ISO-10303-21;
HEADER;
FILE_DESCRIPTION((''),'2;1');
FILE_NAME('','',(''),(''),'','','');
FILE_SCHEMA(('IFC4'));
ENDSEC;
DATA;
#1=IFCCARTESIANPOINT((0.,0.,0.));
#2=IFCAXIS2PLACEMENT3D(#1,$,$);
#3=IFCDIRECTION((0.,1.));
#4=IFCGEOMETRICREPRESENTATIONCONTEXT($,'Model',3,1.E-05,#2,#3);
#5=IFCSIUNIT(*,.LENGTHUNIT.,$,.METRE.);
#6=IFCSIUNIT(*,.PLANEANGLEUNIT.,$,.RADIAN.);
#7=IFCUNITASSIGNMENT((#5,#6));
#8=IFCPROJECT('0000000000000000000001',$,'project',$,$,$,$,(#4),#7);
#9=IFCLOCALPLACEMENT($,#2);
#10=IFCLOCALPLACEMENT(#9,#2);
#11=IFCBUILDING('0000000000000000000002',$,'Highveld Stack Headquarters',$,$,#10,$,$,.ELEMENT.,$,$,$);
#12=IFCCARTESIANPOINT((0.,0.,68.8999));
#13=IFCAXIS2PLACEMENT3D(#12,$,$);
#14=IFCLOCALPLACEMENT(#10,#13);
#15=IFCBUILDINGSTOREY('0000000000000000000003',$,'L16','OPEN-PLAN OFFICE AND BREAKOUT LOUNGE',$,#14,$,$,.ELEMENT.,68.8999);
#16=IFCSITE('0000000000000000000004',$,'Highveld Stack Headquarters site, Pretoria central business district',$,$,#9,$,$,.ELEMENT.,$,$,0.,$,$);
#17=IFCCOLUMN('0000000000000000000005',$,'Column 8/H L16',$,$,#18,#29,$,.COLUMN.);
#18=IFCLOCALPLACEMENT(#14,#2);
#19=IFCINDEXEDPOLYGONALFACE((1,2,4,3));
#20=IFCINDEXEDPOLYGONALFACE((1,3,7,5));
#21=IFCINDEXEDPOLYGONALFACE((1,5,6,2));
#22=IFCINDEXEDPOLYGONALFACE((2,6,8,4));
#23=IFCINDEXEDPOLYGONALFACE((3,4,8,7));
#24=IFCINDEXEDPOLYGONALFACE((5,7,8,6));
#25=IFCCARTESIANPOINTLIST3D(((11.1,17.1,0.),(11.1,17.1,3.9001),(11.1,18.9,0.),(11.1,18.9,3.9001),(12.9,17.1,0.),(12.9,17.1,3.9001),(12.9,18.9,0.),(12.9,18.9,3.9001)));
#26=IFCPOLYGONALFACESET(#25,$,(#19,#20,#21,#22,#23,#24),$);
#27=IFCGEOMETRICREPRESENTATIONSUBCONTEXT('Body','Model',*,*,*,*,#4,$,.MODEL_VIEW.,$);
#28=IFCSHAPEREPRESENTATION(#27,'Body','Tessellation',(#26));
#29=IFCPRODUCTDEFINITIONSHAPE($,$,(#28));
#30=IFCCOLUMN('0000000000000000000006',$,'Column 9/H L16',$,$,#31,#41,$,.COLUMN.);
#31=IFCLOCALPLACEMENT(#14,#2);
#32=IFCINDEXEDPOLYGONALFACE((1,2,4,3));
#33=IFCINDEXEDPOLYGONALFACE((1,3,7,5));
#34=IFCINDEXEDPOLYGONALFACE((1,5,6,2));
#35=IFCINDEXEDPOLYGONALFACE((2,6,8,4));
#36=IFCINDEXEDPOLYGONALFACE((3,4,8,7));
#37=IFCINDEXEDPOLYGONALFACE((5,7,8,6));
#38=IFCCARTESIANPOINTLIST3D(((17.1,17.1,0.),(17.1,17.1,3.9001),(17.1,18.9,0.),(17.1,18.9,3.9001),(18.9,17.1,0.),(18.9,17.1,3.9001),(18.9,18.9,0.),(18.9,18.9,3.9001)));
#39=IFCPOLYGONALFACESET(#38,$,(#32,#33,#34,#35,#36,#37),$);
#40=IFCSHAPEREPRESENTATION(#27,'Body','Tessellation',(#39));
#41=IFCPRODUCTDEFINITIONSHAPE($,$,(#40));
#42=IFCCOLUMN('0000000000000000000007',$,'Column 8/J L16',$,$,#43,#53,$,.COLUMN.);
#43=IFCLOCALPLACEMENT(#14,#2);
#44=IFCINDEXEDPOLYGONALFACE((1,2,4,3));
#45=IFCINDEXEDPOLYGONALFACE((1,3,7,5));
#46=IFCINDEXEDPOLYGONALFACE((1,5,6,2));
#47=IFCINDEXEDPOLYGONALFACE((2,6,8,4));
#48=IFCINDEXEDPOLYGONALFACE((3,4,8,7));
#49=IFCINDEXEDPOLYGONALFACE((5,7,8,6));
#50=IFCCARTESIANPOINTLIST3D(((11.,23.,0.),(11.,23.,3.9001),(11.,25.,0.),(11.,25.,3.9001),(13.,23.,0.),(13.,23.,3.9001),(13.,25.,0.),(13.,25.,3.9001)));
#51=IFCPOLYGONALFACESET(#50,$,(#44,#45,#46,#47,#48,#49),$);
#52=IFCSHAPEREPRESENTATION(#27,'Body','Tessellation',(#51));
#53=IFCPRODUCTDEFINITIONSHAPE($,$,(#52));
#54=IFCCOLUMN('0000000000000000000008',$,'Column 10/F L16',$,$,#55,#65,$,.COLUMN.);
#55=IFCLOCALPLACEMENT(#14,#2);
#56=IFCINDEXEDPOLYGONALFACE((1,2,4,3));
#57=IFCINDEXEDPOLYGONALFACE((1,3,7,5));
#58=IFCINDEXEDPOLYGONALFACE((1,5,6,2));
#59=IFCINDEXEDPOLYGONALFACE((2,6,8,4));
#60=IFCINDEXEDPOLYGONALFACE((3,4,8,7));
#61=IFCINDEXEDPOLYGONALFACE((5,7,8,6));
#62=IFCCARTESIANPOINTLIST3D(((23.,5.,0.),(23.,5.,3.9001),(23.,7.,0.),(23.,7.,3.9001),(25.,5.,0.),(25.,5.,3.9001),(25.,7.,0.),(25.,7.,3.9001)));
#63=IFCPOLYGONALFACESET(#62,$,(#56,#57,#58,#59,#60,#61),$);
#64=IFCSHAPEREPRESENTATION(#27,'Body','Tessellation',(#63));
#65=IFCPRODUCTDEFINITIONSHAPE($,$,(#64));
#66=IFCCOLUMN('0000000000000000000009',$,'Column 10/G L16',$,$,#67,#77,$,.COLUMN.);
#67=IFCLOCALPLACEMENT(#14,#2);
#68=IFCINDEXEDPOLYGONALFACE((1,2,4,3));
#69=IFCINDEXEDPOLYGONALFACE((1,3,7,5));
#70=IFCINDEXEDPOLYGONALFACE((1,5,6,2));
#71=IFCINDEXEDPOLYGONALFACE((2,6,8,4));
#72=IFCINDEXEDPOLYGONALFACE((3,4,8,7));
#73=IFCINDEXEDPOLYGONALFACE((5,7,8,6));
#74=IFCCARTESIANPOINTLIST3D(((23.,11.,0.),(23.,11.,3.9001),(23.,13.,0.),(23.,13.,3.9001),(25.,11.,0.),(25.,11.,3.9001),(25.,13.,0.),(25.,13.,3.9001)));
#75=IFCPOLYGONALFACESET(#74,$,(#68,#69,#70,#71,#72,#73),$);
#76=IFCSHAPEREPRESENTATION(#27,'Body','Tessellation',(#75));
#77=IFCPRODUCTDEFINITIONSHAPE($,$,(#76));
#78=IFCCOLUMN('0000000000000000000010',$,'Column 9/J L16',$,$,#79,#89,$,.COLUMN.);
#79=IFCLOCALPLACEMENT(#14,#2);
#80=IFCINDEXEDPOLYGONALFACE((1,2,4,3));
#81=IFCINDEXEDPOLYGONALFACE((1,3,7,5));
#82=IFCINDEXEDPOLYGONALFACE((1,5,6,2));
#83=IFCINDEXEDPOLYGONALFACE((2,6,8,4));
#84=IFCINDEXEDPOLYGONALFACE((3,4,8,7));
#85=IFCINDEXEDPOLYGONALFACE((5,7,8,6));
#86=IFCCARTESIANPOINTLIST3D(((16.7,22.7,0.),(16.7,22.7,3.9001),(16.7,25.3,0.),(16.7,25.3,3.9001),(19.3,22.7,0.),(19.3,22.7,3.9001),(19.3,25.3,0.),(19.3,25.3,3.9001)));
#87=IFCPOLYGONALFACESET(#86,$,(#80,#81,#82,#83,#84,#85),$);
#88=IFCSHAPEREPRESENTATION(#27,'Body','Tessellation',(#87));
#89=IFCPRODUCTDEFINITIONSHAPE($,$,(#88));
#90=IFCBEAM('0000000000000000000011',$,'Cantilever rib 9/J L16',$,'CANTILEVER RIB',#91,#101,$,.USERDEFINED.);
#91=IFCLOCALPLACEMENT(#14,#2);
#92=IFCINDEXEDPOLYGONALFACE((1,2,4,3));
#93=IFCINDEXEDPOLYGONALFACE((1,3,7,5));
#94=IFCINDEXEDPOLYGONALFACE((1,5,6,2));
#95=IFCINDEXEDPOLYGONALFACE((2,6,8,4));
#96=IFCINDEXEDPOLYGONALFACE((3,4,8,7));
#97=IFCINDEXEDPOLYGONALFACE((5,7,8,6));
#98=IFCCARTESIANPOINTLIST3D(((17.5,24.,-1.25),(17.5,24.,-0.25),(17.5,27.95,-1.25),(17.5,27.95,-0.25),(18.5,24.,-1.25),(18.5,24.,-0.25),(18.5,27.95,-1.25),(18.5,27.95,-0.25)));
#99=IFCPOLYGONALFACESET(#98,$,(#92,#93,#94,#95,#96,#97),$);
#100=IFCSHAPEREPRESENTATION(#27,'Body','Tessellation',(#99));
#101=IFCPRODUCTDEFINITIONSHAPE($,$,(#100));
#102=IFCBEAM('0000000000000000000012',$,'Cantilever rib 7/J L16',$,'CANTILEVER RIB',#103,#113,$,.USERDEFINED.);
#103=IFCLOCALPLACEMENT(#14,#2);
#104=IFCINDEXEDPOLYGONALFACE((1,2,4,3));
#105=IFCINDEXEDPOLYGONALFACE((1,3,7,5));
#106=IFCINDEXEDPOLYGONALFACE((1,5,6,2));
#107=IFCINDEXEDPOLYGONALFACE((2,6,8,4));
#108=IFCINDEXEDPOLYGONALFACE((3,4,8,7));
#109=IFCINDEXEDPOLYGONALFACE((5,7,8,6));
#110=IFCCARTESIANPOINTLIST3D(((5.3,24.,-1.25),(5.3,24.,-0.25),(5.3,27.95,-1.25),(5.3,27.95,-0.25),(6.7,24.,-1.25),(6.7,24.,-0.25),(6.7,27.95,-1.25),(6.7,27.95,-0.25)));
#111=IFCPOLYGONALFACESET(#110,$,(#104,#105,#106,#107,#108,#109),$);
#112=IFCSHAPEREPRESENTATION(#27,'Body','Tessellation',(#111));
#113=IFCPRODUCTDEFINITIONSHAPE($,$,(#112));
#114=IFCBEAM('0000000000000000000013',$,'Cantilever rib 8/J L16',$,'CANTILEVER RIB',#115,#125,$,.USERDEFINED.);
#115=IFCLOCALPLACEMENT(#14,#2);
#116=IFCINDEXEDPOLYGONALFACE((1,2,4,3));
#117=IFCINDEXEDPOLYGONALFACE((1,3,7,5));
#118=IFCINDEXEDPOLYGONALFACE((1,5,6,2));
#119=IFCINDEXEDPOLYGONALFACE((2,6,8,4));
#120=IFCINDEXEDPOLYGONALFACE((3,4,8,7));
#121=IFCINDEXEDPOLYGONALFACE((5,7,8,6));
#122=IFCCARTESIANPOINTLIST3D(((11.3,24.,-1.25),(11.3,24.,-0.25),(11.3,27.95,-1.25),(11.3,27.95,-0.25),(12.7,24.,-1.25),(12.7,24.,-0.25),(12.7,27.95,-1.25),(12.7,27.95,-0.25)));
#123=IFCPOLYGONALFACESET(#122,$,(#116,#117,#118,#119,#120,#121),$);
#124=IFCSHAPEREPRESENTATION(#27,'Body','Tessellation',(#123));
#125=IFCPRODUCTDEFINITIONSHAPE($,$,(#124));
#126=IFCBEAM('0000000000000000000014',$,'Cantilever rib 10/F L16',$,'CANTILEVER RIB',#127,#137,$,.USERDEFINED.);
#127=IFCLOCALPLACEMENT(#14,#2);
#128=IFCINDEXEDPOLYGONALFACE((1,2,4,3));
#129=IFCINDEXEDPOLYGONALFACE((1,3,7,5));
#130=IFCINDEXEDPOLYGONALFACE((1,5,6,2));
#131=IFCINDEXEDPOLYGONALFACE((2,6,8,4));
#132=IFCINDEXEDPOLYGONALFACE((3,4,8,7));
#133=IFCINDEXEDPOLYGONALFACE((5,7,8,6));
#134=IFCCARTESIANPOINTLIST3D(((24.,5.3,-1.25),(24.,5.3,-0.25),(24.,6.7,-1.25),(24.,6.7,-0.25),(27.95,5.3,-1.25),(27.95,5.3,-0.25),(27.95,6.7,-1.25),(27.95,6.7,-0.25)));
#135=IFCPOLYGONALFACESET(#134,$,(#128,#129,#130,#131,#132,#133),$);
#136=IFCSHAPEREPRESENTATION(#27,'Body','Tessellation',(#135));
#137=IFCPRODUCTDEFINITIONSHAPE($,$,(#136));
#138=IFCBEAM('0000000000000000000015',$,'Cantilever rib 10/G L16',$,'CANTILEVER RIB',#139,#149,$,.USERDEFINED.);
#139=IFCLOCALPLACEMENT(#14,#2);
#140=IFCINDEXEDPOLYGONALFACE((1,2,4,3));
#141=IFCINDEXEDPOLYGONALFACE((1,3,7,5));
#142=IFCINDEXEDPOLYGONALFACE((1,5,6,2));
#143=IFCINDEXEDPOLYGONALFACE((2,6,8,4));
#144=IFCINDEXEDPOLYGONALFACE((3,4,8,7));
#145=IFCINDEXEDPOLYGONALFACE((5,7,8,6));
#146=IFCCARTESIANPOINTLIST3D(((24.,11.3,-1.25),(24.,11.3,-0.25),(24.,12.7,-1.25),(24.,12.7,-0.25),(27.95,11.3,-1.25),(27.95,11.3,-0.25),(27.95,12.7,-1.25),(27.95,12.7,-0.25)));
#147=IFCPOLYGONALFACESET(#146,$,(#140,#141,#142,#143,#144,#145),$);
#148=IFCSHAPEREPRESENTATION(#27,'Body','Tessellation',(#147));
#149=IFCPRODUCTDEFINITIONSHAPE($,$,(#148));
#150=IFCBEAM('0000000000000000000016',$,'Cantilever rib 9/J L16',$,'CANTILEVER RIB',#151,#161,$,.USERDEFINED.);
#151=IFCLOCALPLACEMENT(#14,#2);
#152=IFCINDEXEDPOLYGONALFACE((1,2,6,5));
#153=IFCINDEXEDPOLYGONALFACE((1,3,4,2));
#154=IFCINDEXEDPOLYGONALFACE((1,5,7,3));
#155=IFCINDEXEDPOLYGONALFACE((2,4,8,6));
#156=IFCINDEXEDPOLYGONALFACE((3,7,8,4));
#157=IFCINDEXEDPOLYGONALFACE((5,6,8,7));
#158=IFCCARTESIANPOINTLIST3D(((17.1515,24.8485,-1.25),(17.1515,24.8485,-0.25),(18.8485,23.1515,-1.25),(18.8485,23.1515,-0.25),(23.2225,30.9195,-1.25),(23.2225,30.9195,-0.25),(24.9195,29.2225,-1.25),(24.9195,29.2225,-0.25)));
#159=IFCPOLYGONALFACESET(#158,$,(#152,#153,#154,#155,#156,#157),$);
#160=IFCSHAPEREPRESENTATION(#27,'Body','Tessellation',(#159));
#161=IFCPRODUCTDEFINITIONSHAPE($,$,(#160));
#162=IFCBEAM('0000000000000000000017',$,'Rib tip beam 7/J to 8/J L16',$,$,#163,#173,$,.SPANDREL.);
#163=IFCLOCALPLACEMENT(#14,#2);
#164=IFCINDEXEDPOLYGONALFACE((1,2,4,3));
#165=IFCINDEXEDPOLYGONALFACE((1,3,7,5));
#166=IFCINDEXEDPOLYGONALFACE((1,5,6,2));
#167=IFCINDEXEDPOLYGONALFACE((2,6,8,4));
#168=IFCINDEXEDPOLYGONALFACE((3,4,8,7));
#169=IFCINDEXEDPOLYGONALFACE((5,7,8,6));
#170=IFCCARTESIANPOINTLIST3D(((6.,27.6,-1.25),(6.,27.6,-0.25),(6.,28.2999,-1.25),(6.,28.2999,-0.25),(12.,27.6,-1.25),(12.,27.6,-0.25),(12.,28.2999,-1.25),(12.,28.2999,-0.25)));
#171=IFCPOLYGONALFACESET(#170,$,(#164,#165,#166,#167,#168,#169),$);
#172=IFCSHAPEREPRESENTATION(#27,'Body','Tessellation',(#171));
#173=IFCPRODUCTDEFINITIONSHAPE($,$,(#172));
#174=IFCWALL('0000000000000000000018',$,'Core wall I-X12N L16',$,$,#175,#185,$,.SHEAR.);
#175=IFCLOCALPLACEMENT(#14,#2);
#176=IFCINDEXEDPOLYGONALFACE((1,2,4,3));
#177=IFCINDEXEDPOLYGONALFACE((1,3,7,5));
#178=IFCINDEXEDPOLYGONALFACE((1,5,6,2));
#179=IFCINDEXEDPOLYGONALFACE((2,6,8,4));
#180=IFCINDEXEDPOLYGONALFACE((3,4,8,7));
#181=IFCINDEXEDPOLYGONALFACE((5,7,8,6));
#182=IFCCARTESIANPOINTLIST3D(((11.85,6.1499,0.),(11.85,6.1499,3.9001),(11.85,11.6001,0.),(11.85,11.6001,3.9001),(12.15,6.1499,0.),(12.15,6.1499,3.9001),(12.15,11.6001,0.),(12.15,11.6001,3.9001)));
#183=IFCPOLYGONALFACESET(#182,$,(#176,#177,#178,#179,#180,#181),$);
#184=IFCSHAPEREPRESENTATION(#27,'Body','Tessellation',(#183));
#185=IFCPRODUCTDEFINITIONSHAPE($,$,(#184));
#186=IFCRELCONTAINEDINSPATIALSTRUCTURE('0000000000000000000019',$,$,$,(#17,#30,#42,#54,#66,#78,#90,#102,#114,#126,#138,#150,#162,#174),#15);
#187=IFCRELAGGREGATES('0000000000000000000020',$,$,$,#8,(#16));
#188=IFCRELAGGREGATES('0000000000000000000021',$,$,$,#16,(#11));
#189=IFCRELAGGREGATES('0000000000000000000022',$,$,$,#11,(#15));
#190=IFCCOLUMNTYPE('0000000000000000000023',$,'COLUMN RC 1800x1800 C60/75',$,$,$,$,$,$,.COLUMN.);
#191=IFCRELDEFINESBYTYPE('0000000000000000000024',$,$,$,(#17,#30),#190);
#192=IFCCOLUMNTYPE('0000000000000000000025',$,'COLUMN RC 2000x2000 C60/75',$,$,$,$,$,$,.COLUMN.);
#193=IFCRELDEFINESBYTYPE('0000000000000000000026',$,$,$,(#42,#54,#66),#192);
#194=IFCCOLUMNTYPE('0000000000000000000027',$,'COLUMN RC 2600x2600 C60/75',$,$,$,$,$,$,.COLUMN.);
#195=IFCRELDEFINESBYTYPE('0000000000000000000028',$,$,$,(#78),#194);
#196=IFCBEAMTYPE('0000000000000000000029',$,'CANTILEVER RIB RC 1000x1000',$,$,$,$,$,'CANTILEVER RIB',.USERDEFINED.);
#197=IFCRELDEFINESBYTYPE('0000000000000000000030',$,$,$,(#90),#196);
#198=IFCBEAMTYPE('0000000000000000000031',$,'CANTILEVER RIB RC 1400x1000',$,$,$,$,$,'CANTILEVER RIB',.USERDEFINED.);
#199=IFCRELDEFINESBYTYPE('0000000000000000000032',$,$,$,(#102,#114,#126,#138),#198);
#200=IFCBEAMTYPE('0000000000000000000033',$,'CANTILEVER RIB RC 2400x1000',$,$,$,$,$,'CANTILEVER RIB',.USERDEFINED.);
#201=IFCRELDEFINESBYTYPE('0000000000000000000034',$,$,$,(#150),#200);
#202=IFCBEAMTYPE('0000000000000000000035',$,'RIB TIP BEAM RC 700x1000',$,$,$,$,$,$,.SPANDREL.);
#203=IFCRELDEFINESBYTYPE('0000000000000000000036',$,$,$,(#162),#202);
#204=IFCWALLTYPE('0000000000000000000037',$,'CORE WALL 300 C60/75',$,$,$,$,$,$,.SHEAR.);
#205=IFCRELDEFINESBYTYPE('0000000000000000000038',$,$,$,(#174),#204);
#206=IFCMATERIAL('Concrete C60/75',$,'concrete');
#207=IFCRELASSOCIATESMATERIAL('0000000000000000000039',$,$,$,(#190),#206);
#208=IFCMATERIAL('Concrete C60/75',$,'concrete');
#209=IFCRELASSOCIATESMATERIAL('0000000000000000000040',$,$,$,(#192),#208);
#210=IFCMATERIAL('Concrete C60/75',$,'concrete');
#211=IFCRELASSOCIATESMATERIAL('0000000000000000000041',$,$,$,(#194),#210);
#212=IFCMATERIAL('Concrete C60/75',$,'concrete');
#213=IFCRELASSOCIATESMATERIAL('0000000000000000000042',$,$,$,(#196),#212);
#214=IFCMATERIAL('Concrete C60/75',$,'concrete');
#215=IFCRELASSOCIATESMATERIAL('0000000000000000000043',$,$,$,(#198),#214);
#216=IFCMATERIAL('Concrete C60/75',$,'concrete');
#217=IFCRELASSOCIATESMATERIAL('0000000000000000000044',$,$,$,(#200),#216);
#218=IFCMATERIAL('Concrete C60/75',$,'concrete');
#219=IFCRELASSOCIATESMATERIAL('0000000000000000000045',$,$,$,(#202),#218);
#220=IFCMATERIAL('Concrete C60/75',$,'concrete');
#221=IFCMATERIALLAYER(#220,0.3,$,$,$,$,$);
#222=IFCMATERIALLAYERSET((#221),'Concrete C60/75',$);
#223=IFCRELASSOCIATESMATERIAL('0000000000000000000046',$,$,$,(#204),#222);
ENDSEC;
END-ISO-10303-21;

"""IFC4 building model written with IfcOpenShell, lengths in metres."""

from ifc_helpers import new_model, si_unit, direction, frame, frame_2d, origin, origin_2d, place, context, subcontext, project, spatial, rectangle, extrude, material, layer, layer_set, material_profile, profile_set, type_object, element, save


model = new_model("IFC4")

# Units and contexts
model_context = context("Model", 3, precision=1e-05, world=origin(), true_north=direction((0.0, 1.0)))
body_context = subcontext(model_context, "Body", "Model", "MODEL_VIEW")
ifc_project = project(units=[si_unit("LENGTHUNIT", "METRE"), si_unit("PLANEANGLEUNIT", "RADIAN")], contexts=[model_context])

# Site, building, storey
site_placement = place(None, origin())
site = spatial("IfcSite", under=ifc_project, at=site_placement, Name="Highveld Stack Headquarters site, Pretoria central business district", CompositionType="ELEMENT", RefElevation=0.0)
building_placement = place(site_placement, origin())
building = spatial("IfcBuilding", under=site, at=building_placement, Name="Highveld Stack Headquarters", CompositionType="ELEMENT")
storey_placement = place(building_placement, frame((0.0, 0.0, 68.8999)))
storey = spatial("IfcBuildingStorey", under=building, at=storey_placement, Name="L16", Description="OPEN-PLAN OFFICE AND BREAKOUT LOUNGE", CompositionType="ELEMENT", Elevation=68.8999)

# Columns
ifc_material_1 = material(Name="Concrete C60/75", Category="concrete")
ifc_material_profile_1 = material_profile(ifc_material_1, rectangle(XDim=1.8, YDim=1.8, at=origin_2d()), Name="RC 1800x1800")
ifc_profile_set_1 = profile_set([ifc_material_profile_1], Name="Concrete C60/75")
column_type_1 = type_object("IfcColumnType", Name="COLUMN RC 1800x1800 C60/75", PredefinedType="COLUMN", material=ifc_profile_set_1)
for number, where, z_axis, x_axis, name in (
    (1, (12.0, 18.0, 0.0), (0.0, 0.0, 1.0), (1.0, 0.0, 0.0), "Column 8/H L16"),
    (2, (18.0, 18.0, 0.0), (0.0, 0.0, 1.0), (1.0, 0.0, 0.0), "Column 9/H L16"),
):
    element("IfcColumn", number, at=place(storey_placement, frame(where, z_axis=z_axis, x_axis=x_axis)), inside=storey, type_object=column_type_1, Name=name, PredefinedType="COLUMN", context=body_context, shape_type="SweptSolid", body=[
        extrude(rectangle(XDim=1.8, YDim=1.8, at=origin_2d()), origin(), (0.0, 0.0, 1.0), 3.9001),
    ])
ifc_material_2 = material(Name="Concrete C60/75", Category="concrete")
ifc_material_profile_2 = material_profile(ifc_material_2, rectangle(XDim=2.0, YDim=2.0, at=origin_2d()), Name="RC 2000x2000")
ifc_profile_set_2 = profile_set([ifc_material_profile_2], Name="Concrete C60/75")
column_type_2 = type_object("IfcColumnType", Name="COLUMN RC 2000x2000 C60/75", PredefinedType="COLUMN", material=ifc_profile_set_2)
for number, where, z_axis, x_axis, name in (
    (3, (12.0, 24.0, 0.0), (0.0, 0.0, 1.0), (1.0, 0.0, 0.0), "Column 8/J L16"),
    (4, (24.0, 6.0, 0.0), (0.0, 0.0, 1.0), (1.0, 0.0, 0.0), "Column 10/F L16"),
    (5, (24.0, 12.0, 0.0), (0.0, 0.0, 1.0), (1.0, 0.0, 0.0), "Column 10/G L16"),
):
    element("IfcColumn", number, at=place(storey_placement, frame(where, z_axis=z_axis, x_axis=x_axis)), inside=storey, type_object=column_type_2, Name=name, PredefinedType="COLUMN", context=body_context, shape_type="SweptSolid", body=[
        extrude(rectangle(XDim=2.0, YDim=2.0, at=origin_2d()), origin(), (0.0, 0.0, 1.0), 3.9001),
    ])
ifc_material_3 = material(Name="Concrete C60/75", Category="concrete")
ifc_material_profile_3 = material_profile(ifc_material_3, rectangle(XDim=2.6001, YDim=2.6001, at=origin_2d()), Name="RC 2600x2600")
ifc_profile_set_3 = profile_set([ifc_material_profile_3], Name="Concrete C60/75")
column_type_3 = type_object("IfcColumnType", Name="COLUMN RC 2600x2600 C60/75", PredefinedType="COLUMN", material=ifc_profile_set_3)
column_placement = place(storey_placement, frame((18.0, 24.0, 0.0), z_axis=(0.0, 0.0, 1.0), x_axis=(1.0, 0.0, 0.0)))
element("IfcColumn", 6, at=column_placement, inside=storey, type_object=column_type_3, Name="Column 9/J L16", PredefinedType="COLUMN", context=body_context, shape_type="SweptSolid", body=[
    extrude(rectangle(XDim=2.6001, YDim=2.6001, at=origin_2d()), origin(), (0.0, 0.0, 1.0), 3.9001),
])

# Beams
ifc_material_4 = material(Name="Concrete C60/75", Category="concrete")
ifc_material_profile_4 = material_profile(ifc_material_4, rectangle(XDim=1.0, YDim=1.0, at=origin_2d()), Name="RC 1000x1000")
ifc_profile_set_4 = profile_set([ifc_material_profile_4], Name="Concrete C60/75")
beam_type_1 = type_object("IfcBeamType", Name="CANTILEVER RIB RC 1000x1000", ElementType="CANTILEVER RIB", PredefinedType="USERDEFINED", material=ifc_profile_set_4)
beam_1_placement = place(storey_placement, frame((18.0, 24.0, -0.75), z_axis=(0.0, 1.0, 0.0), x_axis=(-1.0, 0.0, 0.0)))
element("IfcBeam", 7, at=beam_1_placement, inside=storey, type_object=beam_type_1, Name="Cantilever rib 9/J L16", ObjectType="CANTILEVER RIB", PredefinedType="USERDEFINED", context=body_context, shape_type="SweptSolid", body=[
    extrude(rectangle(XDim=1.0, YDim=1.0, at=origin_2d()), origin(), (0.0, 0.0, 1.0), 3.95),
])
ifc_material_5 = material(Name="Concrete C60/75", Category="concrete")
ifc_material_profile_5 = material_profile(ifc_material_5, rectangle(XDim=1.3999, YDim=1.0, at=origin_2d()), Name="RC 1400x1000")
ifc_profile_set_5 = profile_set([ifc_material_profile_5], Name="Concrete C60/75")
beam_type_2 = type_object("IfcBeamType", Name="CANTILEVER RIB RC 1400x1000", ElementType="CANTILEVER RIB", PredefinedType="USERDEFINED", material=ifc_profile_set_5)
for number, where, z_axis, x_axis, name in (
    (8, (6.0, 24.0, -0.75), (0.0, 1.0, 0.0), (-1.0, 0.0, 0.0), "Cantilever rib 7/J L16"),
    (9, (12.0, 24.0, -0.75), (0.0, 1.0, 0.0), (-1.0, 0.0, 0.0), "Cantilever rib 8/J L16"),
    (10, (24.0, 6.0, -0.75), (1.0, 0.0, 0.0), (0.0, 1.0, 0.0), "Cantilever rib 10/F L16"),
    (11, (24.0, 12.0, -0.75), (1.0, 0.0, 0.0), (0.0, 1.0, 0.0), "Cantilever rib 10/G L16"),
):
    element("IfcBeam", number, at=place(storey_placement, frame(where, z_axis=z_axis, x_axis=x_axis)), inside=storey, type_object=beam_type_2, Name=name, ObjectType="CANTILEVER RIB", PredefinedType="USERDEFINED", context=body_context, shape_type="SweptSolid", body=[
        extrude(rectangle(XDim=1.3999, YDim=1.0, at=origin_2d()), origin(), (0.0, 0.0, 1.0), 3.95),
    ])
ifc_material_6 = material(Name="Concrete C60/75", Category="concrete")
ifc_material_profile_6 = material_profile(ifc_material_6, rectangle(XDim=2.3999, YDim=1.0, at=origin_2d()), Name="RC 2400x1000")
ifc_profile_set_6 = profile_set([ifc_material_profile_6], Name="Concrete C60/75")
beam_type_3 = type_object("IfcBeamType", Name="CANTILEVER RIB RC 2400x1000", ElementType="CANTILEVER RIB", PredefinedType="USERDEFINED", material=ifc_profile_set_6)
beam_2_placement = place(storey_placement, frame((18.0, 24.0, -0.75), z_axis=(0.707107, 0.707107, 0.0), x_axis=(-0.707107, 0.707107, 0.0)))
element("IfcBeam", 12, at=beam_2_placement, inside=storey, type_object=beam_type_3, Name="Cantilever rib 9/J L16", ObjectType="CANTILEVER RIB", PredefinedType="USERDEFINED", context=body_context, shape_type="SweptSolid", body=[
    extrude(rectangle(XDim=2.3999, YDim=1.0, at=origin_2d()), origin(), (0.0, 0.0, 1.0), 8.5857),
])
ifc_material_7 = material(Name="Concrete C60/75", Category="concrete")
ifc_material_profile_7 = material_profile(ifc_material_7, rectangle(XDim=0.7, YDim=1.0, at=origin_2d()), Name="RC 700x1000")
ifc_profile_set_7 = profile_set([ifc_material_profile_7], Name="Concrete C60/75")
beam_type_4 = type_object("IfcBeamType", Name="RIB TIP BEAM RC 700x1000", PredefinedType="SPANDREL", material=ifc_profile_set_7)
beam_3_placement = place(storey_placement, frame((6.0, 27.95, -0.75), z_axis=(1.0, 0.0, 0.0), x_axis=(0.0, 1.0, 0.0)))
element("IfcBeam", 13, at=beam_3_placement, inside=storey, type_object=beam_type_4, Name="Rib tip beam 7/J to 8/J L16", PredefinedType="SPANDREL", context=body_context, shape_type="SweptSolid", body=[
    extrude(rectangle(XDim=0.7, YDim=1.0, at=origin_2d()), origin(), (0.0, 0.0, 1.0), 6.0),
])

# Wall
ifc_material_8 = material(Name="Concrete C60/75", Category="concrete")
ifc_layer_1 = layer(ifc_material_8, 0.3)
ifc_layer_set_1 = layer_set([ifc_layer_1], Name="Concrete C60/75")
wall_type_1 = type_object("IfcWallType", Name="CORE WALL 300 C60/75", PredefinedType="SHEAR", material=ifc_layer_set_1)
wall_1_placement = place(storey_placement, frame((12.0, 6.1499, 0.0), z_axis=(0.0, 0.0, 1.0), x_axis=(0.0, 1.0, 0.0)))
element("IfcWall", 14, at=wall_1_placement, inside=storey, type_object=wall_type_1, Name="Core wall I-X12N L16", PredefinedType="SHEAR", context=body_context, shape_type="SweptSolid", body=[
    extrude(rectangle(XDim=5.4502, YDim=0.3, at=frame_2d((2.7251, 0.0))), origin(), (0.0, 0.0, 1.0), 3.9001),
])

save(model, "model.ifc")
